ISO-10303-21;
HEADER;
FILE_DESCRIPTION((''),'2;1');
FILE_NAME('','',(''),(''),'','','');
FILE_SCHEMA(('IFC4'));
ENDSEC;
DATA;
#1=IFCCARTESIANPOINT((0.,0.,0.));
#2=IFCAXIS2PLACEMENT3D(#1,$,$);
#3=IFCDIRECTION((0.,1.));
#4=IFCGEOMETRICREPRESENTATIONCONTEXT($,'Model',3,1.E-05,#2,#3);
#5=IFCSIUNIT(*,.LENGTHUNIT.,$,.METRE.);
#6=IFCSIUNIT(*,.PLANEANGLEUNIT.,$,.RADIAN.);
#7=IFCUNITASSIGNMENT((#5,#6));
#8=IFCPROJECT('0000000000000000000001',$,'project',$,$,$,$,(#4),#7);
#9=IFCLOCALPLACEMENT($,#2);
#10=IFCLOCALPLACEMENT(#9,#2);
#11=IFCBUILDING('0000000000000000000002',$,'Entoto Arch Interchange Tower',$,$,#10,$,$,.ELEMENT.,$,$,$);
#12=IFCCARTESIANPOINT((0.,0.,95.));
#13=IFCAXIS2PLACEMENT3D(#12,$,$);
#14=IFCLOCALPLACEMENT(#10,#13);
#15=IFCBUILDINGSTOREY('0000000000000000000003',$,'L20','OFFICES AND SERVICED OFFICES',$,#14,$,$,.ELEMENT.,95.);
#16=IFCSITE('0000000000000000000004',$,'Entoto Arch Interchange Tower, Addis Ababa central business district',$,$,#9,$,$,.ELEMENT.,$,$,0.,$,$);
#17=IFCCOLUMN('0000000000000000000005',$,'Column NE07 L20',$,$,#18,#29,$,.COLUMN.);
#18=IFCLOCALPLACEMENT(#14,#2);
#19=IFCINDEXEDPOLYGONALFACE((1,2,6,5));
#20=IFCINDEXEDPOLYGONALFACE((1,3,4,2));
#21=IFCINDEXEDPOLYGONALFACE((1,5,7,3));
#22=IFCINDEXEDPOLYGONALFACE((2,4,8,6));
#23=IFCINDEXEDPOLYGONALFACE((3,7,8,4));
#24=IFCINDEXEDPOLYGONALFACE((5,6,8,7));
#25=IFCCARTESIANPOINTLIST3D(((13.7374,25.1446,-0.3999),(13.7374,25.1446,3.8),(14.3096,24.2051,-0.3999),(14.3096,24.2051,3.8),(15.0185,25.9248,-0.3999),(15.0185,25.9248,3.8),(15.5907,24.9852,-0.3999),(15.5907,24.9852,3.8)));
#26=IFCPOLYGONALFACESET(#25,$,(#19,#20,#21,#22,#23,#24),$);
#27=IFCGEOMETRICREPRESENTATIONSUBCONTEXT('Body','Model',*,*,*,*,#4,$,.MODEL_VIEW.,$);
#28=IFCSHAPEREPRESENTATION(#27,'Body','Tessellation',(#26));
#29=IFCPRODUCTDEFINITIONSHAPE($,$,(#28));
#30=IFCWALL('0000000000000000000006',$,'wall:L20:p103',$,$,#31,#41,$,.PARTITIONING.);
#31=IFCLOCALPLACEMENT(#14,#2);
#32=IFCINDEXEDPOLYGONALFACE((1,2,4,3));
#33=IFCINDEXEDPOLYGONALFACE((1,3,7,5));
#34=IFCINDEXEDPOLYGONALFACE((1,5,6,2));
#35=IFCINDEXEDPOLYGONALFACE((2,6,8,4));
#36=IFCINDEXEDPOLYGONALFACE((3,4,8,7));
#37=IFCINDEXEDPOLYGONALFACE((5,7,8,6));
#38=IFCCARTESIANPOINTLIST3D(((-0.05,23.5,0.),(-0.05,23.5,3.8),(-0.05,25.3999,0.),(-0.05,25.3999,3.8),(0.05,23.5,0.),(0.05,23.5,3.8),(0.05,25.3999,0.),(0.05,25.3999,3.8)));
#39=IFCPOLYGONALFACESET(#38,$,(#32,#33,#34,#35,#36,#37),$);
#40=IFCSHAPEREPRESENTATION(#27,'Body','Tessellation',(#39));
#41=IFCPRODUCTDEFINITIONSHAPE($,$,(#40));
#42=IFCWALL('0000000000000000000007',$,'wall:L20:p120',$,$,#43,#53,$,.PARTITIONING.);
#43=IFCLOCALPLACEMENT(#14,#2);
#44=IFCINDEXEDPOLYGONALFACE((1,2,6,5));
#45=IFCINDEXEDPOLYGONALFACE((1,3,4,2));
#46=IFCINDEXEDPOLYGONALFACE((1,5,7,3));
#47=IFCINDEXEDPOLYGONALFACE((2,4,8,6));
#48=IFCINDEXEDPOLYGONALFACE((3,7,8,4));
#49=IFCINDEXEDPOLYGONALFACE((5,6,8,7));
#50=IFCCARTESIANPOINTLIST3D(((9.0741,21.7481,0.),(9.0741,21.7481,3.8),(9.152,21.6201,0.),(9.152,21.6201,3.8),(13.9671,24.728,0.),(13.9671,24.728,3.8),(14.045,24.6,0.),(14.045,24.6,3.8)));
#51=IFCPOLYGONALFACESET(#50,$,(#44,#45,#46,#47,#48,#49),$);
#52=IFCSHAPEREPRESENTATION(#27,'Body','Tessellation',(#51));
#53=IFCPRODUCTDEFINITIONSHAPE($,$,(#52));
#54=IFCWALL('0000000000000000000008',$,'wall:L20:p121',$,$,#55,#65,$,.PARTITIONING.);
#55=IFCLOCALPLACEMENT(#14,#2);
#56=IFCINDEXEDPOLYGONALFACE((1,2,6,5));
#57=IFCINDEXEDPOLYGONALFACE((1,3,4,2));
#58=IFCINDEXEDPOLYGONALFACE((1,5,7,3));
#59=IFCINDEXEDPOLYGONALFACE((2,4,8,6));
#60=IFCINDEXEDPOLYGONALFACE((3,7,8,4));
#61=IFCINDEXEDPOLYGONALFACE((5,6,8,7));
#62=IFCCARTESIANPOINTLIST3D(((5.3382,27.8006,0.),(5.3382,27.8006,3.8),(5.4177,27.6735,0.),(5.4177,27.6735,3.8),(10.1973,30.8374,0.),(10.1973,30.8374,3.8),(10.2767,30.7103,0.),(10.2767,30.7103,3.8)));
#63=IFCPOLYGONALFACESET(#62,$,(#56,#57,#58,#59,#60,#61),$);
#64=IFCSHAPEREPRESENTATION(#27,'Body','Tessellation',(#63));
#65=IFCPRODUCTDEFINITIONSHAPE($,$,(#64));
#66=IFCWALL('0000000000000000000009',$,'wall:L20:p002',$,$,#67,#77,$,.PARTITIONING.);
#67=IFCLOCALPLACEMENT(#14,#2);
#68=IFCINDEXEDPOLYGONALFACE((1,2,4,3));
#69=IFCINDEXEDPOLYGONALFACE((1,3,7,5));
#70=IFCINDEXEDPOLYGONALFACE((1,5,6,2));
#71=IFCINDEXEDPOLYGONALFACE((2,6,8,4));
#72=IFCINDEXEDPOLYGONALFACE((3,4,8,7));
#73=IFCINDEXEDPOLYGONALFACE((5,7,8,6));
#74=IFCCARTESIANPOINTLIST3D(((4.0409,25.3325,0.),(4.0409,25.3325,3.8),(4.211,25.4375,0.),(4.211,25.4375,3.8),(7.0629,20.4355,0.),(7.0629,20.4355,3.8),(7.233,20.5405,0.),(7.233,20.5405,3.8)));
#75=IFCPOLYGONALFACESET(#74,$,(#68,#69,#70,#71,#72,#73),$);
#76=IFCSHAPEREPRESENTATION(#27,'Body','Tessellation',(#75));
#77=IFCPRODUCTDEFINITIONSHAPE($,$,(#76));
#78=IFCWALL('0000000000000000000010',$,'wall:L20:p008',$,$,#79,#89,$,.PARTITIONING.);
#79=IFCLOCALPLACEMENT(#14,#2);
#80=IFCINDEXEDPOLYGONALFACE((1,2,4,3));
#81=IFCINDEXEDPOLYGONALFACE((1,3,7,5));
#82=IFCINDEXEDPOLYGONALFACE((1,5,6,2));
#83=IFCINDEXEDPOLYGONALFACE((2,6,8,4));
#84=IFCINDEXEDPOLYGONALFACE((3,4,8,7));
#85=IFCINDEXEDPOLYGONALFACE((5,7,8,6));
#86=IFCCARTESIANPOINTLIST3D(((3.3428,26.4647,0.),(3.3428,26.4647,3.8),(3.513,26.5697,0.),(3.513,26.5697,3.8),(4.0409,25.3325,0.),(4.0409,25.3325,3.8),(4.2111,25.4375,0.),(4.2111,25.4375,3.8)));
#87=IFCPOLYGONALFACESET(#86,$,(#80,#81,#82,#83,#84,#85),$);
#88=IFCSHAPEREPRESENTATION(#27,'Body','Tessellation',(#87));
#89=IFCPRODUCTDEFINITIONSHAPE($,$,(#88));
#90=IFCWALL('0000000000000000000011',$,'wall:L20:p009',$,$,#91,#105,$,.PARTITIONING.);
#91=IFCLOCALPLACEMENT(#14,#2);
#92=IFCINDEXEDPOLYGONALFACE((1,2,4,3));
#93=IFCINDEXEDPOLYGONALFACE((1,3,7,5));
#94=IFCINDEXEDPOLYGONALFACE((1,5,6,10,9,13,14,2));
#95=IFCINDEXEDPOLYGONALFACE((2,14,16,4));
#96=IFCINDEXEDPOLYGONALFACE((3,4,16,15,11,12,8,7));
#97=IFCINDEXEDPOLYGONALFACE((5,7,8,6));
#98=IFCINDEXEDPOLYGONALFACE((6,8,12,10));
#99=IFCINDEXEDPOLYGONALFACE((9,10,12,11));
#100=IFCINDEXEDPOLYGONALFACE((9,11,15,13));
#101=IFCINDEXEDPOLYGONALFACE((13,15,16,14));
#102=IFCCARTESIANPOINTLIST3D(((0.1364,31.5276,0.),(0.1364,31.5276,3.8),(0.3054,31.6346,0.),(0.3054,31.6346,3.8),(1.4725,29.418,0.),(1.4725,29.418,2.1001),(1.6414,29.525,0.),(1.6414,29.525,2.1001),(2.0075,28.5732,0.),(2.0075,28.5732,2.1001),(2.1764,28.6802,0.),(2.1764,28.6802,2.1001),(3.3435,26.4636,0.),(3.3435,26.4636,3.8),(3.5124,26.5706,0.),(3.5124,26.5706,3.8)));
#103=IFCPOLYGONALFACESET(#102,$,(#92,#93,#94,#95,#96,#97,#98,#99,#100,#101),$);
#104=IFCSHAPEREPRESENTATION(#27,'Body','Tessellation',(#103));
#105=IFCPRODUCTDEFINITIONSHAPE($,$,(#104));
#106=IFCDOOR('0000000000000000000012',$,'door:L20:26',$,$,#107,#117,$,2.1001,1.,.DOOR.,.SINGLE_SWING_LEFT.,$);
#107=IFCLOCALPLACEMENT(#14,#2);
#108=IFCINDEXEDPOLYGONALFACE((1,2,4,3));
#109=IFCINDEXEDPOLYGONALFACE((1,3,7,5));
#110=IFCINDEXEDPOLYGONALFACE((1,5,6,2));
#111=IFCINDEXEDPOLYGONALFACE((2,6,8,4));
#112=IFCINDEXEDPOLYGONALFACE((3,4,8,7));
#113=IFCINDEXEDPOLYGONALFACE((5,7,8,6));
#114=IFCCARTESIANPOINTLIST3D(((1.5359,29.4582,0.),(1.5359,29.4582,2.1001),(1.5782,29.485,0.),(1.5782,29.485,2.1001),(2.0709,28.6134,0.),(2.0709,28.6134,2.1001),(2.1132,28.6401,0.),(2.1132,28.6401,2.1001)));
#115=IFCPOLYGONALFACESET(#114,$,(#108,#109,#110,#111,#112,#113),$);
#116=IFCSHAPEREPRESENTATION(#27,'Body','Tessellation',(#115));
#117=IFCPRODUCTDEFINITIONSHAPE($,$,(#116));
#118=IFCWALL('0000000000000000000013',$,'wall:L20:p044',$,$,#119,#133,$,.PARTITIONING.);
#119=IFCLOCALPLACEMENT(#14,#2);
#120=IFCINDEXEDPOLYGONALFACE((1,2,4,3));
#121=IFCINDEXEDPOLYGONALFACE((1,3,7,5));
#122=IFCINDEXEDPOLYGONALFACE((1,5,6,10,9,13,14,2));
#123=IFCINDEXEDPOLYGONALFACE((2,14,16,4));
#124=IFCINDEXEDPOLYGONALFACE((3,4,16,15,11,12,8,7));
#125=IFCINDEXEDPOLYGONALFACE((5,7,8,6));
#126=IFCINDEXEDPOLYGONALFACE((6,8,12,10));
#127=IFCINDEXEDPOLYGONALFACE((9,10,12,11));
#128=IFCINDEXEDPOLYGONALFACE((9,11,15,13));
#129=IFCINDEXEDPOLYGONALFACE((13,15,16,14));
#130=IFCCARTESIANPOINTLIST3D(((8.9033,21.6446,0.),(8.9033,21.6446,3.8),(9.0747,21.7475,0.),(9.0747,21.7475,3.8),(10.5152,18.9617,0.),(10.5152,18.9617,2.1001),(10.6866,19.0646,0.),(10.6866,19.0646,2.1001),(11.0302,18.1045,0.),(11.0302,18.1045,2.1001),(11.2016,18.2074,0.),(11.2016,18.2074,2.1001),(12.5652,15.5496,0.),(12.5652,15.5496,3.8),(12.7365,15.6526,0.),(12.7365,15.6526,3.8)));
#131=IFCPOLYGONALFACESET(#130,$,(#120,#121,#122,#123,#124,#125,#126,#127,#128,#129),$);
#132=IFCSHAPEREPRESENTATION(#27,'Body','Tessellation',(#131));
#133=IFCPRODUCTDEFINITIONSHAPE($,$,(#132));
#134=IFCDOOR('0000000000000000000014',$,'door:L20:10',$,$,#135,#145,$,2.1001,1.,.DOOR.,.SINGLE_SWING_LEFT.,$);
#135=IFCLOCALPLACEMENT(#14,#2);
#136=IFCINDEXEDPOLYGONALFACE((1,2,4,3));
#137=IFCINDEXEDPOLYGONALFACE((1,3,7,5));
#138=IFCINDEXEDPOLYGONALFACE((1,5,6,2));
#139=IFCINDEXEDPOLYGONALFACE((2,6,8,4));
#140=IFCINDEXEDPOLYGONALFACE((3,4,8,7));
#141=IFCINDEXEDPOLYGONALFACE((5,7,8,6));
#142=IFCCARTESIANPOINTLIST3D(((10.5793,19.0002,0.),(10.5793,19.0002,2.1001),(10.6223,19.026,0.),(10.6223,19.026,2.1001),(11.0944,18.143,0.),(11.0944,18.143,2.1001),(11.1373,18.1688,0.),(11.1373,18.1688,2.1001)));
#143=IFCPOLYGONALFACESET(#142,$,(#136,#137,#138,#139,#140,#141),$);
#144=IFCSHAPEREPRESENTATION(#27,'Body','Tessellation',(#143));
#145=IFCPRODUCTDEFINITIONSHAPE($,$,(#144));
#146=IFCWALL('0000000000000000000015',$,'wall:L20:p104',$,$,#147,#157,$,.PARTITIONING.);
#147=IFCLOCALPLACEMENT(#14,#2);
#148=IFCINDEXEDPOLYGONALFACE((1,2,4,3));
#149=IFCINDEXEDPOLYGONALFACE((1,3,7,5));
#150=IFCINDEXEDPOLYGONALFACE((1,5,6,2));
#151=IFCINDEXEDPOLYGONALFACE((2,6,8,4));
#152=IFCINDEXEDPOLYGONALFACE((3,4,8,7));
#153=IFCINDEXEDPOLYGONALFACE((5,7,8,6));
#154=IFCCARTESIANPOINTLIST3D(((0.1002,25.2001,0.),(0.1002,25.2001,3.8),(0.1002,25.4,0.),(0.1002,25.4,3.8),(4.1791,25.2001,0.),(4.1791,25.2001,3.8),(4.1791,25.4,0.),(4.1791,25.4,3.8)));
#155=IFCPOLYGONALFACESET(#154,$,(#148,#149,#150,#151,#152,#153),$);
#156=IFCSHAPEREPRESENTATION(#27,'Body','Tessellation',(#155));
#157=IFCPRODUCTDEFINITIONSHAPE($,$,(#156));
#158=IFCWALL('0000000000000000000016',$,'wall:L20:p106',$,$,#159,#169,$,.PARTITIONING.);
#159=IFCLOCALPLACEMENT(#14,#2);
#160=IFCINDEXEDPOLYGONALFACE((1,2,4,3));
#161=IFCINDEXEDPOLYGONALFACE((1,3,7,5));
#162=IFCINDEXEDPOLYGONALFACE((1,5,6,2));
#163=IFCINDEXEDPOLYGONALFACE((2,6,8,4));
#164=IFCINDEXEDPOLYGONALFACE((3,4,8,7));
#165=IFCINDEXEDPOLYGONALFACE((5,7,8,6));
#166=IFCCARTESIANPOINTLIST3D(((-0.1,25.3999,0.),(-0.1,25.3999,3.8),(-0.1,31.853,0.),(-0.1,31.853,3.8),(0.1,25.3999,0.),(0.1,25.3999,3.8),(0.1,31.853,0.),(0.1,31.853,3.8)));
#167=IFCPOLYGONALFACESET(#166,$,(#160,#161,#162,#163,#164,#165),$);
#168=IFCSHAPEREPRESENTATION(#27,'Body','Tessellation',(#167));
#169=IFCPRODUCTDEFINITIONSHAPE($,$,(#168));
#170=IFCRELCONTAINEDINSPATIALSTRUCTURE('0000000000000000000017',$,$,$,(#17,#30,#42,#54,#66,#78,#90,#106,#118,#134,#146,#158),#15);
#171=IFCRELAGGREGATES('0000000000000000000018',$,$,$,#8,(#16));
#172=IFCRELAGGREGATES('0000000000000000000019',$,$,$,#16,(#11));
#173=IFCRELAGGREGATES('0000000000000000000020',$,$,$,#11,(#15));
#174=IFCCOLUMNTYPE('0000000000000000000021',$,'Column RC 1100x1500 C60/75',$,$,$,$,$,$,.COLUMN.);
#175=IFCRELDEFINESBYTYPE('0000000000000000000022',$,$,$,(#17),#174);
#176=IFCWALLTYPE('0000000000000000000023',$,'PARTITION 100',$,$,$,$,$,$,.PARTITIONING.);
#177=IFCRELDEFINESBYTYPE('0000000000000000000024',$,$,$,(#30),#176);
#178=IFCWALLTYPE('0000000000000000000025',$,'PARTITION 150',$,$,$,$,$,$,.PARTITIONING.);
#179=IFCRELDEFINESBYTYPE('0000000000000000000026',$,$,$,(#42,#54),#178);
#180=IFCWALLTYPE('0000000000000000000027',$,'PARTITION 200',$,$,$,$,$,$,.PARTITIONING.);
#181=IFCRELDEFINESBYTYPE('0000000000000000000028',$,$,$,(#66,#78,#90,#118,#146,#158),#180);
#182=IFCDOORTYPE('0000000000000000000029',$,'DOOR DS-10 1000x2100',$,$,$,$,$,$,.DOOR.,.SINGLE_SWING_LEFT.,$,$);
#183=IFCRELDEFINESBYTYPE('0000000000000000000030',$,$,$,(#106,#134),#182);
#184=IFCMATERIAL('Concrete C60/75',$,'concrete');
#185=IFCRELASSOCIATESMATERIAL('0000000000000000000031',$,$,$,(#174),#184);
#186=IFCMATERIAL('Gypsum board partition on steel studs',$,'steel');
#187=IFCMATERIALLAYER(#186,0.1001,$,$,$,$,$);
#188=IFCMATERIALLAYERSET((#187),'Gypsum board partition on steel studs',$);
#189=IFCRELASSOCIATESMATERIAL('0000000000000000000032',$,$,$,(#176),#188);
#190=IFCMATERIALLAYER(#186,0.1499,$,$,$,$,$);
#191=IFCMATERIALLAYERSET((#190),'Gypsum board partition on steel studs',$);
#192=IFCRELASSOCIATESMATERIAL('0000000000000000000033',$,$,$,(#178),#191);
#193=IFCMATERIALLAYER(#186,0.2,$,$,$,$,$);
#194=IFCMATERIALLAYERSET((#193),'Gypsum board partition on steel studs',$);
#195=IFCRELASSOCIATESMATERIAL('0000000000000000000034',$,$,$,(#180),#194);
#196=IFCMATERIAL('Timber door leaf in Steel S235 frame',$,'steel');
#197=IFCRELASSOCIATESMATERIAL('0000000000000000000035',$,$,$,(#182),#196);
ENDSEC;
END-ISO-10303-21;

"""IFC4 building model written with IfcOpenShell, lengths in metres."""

from ifc_helpers import new_model, si_unit, direction, frame, frame_2d, origin, origin_2d, place, context, subcontext, project, spatial, rectangle, extrude, material, layer, layer_set, material_profile, profile_set, type_object, element, fill, save


model = new_model("IFC4")

# Units and contexts
model_context = context("Model", 3, precision=1e-05, world=origin(), true_north=direction((0.0, 1.0)))
body_context = subcontext(model_context, "Body", "Model", "MODEL_VIEW")
ifc_project = project(units=[si_unit("LENGTHUNIT", "METRE"), si_unit("PLANEANGLEUNIT", "RADIAN")], contexts=[model_context])

# Site, building, storey
site_placement = place(None, origin())
site = spatial("IfcSite", under=ifc_project, at=site_placement, Name="Entoto Arch Interchange Tower, Addis Ababa central business district", CompositionType="ELEMENT", RefElevation=0.0)
building_placement = place(site_placement, origin())
building = spatial("IfcBuilding", under=site, at=building_placement, Name="Entoto Arch Interchange Tower", CompositionType="ELEMENT")
storey_placement = place(building_placement, frame((0.0, 0.0, 95.0)))
storey = spatial("IfcBuildingStorey", under=building, at=storey_placement, Name="L20", Description="OFFICES AND SERVICED OFFICES", CompositionType="ELEMENT", Elevation=95.0)

# Column
ifc_material_1 = material(Name="Concrete C60/75", Category="concrete")
ifc_material_profile = material_profile(ifc_material_1, rectangle(XDim=1.1001, YDim=1.5, at=origin_2d()))
ifc_profile_set = profile_set([ifc_material_profile], Name="Concrete C60/75")
column_type = type_object("IfcColumnType", Name="Column RC 1100x1500 C60/75", PredefinedType="COLUMN", material=ifc_profile_set)
column_placement = place(storey_placement, frame((14.6641, 25.0649, -0.3999), z_axis=(0.0, 0.0, 1.0), x_axis=(-0.520116, 0.854096, 0.0)))
element("IfcColumn", 1, at=column_placement, inside=storey, type_object=column_type, Name="Column NE07 L20", PredefinedType="COLUMN", context=body_context, shape_type="SweptSolid", body=[
    extrude(rectangle(XDim=1.1001, YDim=1.5, at=origin_2d()), origin(), (0.0, 0.0, 1.0), 4.2),
])

# Walls
ifc_material_2 = material(Name="Gypsum board partition on steel studs", Category="steel")
ifc_layer_1 = layer(ifc_material_2, 0.1001)
ifc_layer_set_1 = layer_set([ifc_layer_1], Name="Gypsum board partition on steel studs")
wall_type_1 = type_object("IfcWallType", Name="PARTITION 100", PredefinedType="PARTITIONING", material=ifc_layer_set_1)
wall_1_placement = place(storey_placement, frame((0.0, 23.5, 0.0), z_axis=(0.0, 0.0, 1.0), x_axis=(0.0, 1.0, 0.0)))
element("IfcWall", 2, at=wall_1_placement, inside=storey, type_object=wall_type_1, Name="wall:L20:p103", PredefinedType="PARTITIONING", context=body_context, shape_type="SweptSolid", body=[
    extrude(rectangle(XDim=1.8999, YDim=0.1001, at=frame_2d((0.95, 0.0))), origin(), (0.0, 0.0, 1.0), 3.8),
])
ifc_layer_2 = layer(ifc_material_2, 0.1499)
ifc_layer_set_2 = layer_set([ifc_layer_2], Name="Gypsum board partition on steel studs")
wall_type_2 = type_object("IfcWallType", Name="PARTITION 150", PredefinedType="PARTITIONING", material=ifc_layer_set_2)
wall_2_placement = place(storey_placement, frame((9.113, 21.6841, 0.0), z_axis=(0.0, 0.0, 1.0), x_axis=(0.854075, 0.52015, 0.0)))
element("IfcWall", 3, at=wall_2_placement, inside=storey, type_object=wall_type_2, Name="wall:L20:p120", PredefinedType="PARTITIONING", context=body_context, shape_type="SweptSolid", body=[
    extrude(rectangle(XDim=5.729, YDim=0.1499, at=frame_2d((2.8645, 0.0))), origin(), (0.0, 0.0, 1.0), 3.8),
])
wall_3_placement = place(storey_placement, frame((5.3779, 27.7371, 0.0), z_axis=(0.0, 0.0, 1.0), x_axis=(0.848005, 0.529987, 0.0)))
element("IfcWall", 4, at=wall_3_placement, inside=storey, type_object=wall_type_2, Name="wall:L20:p121", PredefinedType="PARTITIONING", context=body_context, shape_type="SweptSolid", body=[
    extrude(rectangle(XDim=5.73, YDim=0.1499, at=frame_2d((2.865, 0.0))), origin(), (0.0, 0.0, 1.0), 3.8),
])
ifc_layer_3 = layer(ifc_material_2, 0.2)
ifc_layer_set_3 = layer_set([ifc_layer_3], Name="Gypsum board partition on steel studs")
wall_type_3 = type_object("IfcWallType", Name="PARTITION 200", PredefinedType="PARTITIONING", material=ifc_layer_set_3)
wall_4_placement = place(storey_placement, frame((7.1479, 20.488, 0.0), z_axis=(0.0, 0.0, 1.0), x_axis=(-0.525162, 0.851002, 0.0)))
element("IfcWall", 5, at=wall_4_placement, inside=storey, type_object=wall_type_3, Name="wall:L20:p002", PredefinedType="PARTITIONING", context=body_context, shape_type="SweptSolid", body=[
    extrude(rectangle(XDim=5.7544, YDim=0.2, at=frame_2d((2.8772, 0.0))), origin(), (0.0, 0.0, 1.0), 3.8),
])
wall_5_placement = place(storey_placement, frame((4.126, 25.385, 0.0), z_axis=(0.0, 0.0, 1.0), x_axis=(-0.524824, 0.851211, 0.0)))
element("IfcWall", 6, at=wall_5_placement, inside=storey, type_object=wall_type_3, Name="wall:L20:p008", PredefinedType="PARTITIONING", context=body_context, shape_type="SweptSolid", body=[
    extrude(rectangle(XDim=1.3301, YDim=0.2, at=frame_2d((0.665, 0.0))), origin(), (0.0, 0.0, 1.0), 3.8),
])

# Walls, openings, doors
wall_6_placement = place(storey_placement, frame((3.428, 26.5171, 0.0), z_axis=(0.0, 0.0, 1.0), x_axis=(-0.535035, 0.84483, 0.0)))
wall_6 = element("IfcWall", 7, at=wall_6_placement, inside=storey, type_object=wall_type_3, Name="wall:L20:p009", PredefinedType="PARTITIONING", context=body_context, shape_type="SweptSolid", body=[
    extrude(rectangle(XDim=5.9941, YDim=0.2, at=frame_2d((2.9971, 0.0))), origin(), (0.0, 0.0, 1.0), 3.8),
])
opening_1_placement = place(wall_6_placement, frame((2.4971, 0.0, 0.0)))
opening_1 = element("IfcOpeningElement", 8, at=opening_1_placement, cuts=wall_6, PredefinedType="OPENING", context=body_context, shape_type="SweptSolid", body=[
    extrude(rectangle(XDim=1.0, YDim=2.1001, at=frame_2d((0.5, 1.05))), frame((0.0, 0.1099, 0.0), z_axis=(0.0, -1.0, 0.0), x_axis=(1.0, 0.0, 0.0)), (0.0, 0.0, 1.0), 0.22),
])
ifc_material_3 = material(Name="Timber door leaf in Steel S235 frame", Category="steel")
door_type = type_object("IfcDoorType", Name="DOOR DS-10 1000x2100", OperationType="SINGLE_SWING_LEFT", PredefinedType="DOOR", material=ifc_material_3)
door_1_placement = place(opening_1_placement, origin())
door_1 = element("IfcDoor", 9, at=door_1_placement, inside=storey, type_object=door_type, Name="door:L20:26", OperationType="SINGLE_SWING_LEFT", OverallHeight=2.1001, OverallWidth=1.0, PredefinedType="DOOR", context=body_context, shape_type="SweptSolid", body=[
    extrude(rectangle(XDim=1.0, YDim=2.1001, at=frame_2d((0.5, 1.05))), frame((0.0, 0.0249, 0.0), z_axis=(0.0, -1.0, 0.0), x_axis=(1.0, 0.0, 0.0)), (0.0, 0.0, 1.0), 0.05),
])
fill(opening_1, door_1)
wall_7_placement = place(storey_placement, frame((8.989, 21.696, 0.0), z_axis=(0.0, 0.0, 1.0), x_axis=(0.515001, -0.85719, 0.0)))
wall_7 = element("IfcWall", 10, at=wall_7_placement, inside=storey, type_object=wall_type_3, Name="wall:L20:p044", PredefinedType="PARTITIONING", context=body_context, shape_type="SweptSolid", body=[
    extrude(rectangle(XDim=7.1104, YDim=0.2, at=frame_2d((3.5552, 0.0))), origin(), (0.0, 0.0, 1.0), 3.8),
])
opening_2_placement = place(wall_7_placement, frame((3.1299, 0.0, 0.0)))
opening_2 = element("IfcOpeningElement", 11, at=opening_2_placement, cuts=wall_7, PredefinedType="OPENING", context=body_context, shape_type="SweptSolid", body=[
    extrude(rectangle(XDim=1.0, YDim=2.1001, at=frame_2d((0.5, 1.05))), frame((0.0, 0.1099, 0.0), z_axis=(0.0, -1.0, 0.0), x_axis=(1.0, 0.0, 0.0)), (0.0, 0.0, 1.0), 0.22),
])
door_2_placement = place(opening_2_placement, origin())
door_2 = element("IfcDoor", 12, at=door_2_placement, inside=storey, type_object=door_type, Name="door:L20:10", OperationType="SINGLE_SWING_LEFT", OverallHeight=2.1001, OverallWidth=1.0, PredefinedType="DOOR", context=body_context, shape_type="SweptSolid", body=[
    extrude(rectangle(XDim=1.0, YDim=2.1001, at=frame_2d((0.5, 1.05))), frame((0.0, 0.0249, 0.0), z_axis=(0.0, -1.0, 0.0), x_axis=(1.0, 0.0, 0.0)), (0.0, 0.0, 1.0), 0.05),
])
fill(opening_2, door_2)

# Walls
wall_8_placement = place(storey_placement, frame((0.1001, 25.3, 0.0), z_axis=(0.0, 0.0, 1.0), x_axis=(1.0, 0.0, 0.0)))
element("IfcWall", 13, at=wall_8_placement, inside=storey, type_object=wall_type_3, Name="wall:L20:p104", PredefinedType="PARTITIONING", context=body_context, shape_type="SweptSolid", body=[
    extrude(rectangle(XDim=4.0789, YDim=0.2, at=frame_2d((2.0396, 0.0))), origin(), (0.0, 0.0, 1.0), 3.8),
])
wall_9_placement = place(storey_placement, frame((0.0, 25.3999, 0.0), z_axis=(0.0, 0.0, 1.0), x_axis=(0.0, 1.0, 0.0)))
element("IfcWall", 14, at=wall_9_placement, inside=storey, type_object=wall_type_3, Name="wall:L20:p106", PredefinedType="PARTITIONING", context=body_context, shape_type="SweptSolid", body=[
    extrude(rectangle(XDim=6.4531, YDim=0.2, at=frame_2d((3.2266, 0.0))), origin(), (0.0, 0.0, 1.0), 3.8),
])

save(model, "model.ifc")
